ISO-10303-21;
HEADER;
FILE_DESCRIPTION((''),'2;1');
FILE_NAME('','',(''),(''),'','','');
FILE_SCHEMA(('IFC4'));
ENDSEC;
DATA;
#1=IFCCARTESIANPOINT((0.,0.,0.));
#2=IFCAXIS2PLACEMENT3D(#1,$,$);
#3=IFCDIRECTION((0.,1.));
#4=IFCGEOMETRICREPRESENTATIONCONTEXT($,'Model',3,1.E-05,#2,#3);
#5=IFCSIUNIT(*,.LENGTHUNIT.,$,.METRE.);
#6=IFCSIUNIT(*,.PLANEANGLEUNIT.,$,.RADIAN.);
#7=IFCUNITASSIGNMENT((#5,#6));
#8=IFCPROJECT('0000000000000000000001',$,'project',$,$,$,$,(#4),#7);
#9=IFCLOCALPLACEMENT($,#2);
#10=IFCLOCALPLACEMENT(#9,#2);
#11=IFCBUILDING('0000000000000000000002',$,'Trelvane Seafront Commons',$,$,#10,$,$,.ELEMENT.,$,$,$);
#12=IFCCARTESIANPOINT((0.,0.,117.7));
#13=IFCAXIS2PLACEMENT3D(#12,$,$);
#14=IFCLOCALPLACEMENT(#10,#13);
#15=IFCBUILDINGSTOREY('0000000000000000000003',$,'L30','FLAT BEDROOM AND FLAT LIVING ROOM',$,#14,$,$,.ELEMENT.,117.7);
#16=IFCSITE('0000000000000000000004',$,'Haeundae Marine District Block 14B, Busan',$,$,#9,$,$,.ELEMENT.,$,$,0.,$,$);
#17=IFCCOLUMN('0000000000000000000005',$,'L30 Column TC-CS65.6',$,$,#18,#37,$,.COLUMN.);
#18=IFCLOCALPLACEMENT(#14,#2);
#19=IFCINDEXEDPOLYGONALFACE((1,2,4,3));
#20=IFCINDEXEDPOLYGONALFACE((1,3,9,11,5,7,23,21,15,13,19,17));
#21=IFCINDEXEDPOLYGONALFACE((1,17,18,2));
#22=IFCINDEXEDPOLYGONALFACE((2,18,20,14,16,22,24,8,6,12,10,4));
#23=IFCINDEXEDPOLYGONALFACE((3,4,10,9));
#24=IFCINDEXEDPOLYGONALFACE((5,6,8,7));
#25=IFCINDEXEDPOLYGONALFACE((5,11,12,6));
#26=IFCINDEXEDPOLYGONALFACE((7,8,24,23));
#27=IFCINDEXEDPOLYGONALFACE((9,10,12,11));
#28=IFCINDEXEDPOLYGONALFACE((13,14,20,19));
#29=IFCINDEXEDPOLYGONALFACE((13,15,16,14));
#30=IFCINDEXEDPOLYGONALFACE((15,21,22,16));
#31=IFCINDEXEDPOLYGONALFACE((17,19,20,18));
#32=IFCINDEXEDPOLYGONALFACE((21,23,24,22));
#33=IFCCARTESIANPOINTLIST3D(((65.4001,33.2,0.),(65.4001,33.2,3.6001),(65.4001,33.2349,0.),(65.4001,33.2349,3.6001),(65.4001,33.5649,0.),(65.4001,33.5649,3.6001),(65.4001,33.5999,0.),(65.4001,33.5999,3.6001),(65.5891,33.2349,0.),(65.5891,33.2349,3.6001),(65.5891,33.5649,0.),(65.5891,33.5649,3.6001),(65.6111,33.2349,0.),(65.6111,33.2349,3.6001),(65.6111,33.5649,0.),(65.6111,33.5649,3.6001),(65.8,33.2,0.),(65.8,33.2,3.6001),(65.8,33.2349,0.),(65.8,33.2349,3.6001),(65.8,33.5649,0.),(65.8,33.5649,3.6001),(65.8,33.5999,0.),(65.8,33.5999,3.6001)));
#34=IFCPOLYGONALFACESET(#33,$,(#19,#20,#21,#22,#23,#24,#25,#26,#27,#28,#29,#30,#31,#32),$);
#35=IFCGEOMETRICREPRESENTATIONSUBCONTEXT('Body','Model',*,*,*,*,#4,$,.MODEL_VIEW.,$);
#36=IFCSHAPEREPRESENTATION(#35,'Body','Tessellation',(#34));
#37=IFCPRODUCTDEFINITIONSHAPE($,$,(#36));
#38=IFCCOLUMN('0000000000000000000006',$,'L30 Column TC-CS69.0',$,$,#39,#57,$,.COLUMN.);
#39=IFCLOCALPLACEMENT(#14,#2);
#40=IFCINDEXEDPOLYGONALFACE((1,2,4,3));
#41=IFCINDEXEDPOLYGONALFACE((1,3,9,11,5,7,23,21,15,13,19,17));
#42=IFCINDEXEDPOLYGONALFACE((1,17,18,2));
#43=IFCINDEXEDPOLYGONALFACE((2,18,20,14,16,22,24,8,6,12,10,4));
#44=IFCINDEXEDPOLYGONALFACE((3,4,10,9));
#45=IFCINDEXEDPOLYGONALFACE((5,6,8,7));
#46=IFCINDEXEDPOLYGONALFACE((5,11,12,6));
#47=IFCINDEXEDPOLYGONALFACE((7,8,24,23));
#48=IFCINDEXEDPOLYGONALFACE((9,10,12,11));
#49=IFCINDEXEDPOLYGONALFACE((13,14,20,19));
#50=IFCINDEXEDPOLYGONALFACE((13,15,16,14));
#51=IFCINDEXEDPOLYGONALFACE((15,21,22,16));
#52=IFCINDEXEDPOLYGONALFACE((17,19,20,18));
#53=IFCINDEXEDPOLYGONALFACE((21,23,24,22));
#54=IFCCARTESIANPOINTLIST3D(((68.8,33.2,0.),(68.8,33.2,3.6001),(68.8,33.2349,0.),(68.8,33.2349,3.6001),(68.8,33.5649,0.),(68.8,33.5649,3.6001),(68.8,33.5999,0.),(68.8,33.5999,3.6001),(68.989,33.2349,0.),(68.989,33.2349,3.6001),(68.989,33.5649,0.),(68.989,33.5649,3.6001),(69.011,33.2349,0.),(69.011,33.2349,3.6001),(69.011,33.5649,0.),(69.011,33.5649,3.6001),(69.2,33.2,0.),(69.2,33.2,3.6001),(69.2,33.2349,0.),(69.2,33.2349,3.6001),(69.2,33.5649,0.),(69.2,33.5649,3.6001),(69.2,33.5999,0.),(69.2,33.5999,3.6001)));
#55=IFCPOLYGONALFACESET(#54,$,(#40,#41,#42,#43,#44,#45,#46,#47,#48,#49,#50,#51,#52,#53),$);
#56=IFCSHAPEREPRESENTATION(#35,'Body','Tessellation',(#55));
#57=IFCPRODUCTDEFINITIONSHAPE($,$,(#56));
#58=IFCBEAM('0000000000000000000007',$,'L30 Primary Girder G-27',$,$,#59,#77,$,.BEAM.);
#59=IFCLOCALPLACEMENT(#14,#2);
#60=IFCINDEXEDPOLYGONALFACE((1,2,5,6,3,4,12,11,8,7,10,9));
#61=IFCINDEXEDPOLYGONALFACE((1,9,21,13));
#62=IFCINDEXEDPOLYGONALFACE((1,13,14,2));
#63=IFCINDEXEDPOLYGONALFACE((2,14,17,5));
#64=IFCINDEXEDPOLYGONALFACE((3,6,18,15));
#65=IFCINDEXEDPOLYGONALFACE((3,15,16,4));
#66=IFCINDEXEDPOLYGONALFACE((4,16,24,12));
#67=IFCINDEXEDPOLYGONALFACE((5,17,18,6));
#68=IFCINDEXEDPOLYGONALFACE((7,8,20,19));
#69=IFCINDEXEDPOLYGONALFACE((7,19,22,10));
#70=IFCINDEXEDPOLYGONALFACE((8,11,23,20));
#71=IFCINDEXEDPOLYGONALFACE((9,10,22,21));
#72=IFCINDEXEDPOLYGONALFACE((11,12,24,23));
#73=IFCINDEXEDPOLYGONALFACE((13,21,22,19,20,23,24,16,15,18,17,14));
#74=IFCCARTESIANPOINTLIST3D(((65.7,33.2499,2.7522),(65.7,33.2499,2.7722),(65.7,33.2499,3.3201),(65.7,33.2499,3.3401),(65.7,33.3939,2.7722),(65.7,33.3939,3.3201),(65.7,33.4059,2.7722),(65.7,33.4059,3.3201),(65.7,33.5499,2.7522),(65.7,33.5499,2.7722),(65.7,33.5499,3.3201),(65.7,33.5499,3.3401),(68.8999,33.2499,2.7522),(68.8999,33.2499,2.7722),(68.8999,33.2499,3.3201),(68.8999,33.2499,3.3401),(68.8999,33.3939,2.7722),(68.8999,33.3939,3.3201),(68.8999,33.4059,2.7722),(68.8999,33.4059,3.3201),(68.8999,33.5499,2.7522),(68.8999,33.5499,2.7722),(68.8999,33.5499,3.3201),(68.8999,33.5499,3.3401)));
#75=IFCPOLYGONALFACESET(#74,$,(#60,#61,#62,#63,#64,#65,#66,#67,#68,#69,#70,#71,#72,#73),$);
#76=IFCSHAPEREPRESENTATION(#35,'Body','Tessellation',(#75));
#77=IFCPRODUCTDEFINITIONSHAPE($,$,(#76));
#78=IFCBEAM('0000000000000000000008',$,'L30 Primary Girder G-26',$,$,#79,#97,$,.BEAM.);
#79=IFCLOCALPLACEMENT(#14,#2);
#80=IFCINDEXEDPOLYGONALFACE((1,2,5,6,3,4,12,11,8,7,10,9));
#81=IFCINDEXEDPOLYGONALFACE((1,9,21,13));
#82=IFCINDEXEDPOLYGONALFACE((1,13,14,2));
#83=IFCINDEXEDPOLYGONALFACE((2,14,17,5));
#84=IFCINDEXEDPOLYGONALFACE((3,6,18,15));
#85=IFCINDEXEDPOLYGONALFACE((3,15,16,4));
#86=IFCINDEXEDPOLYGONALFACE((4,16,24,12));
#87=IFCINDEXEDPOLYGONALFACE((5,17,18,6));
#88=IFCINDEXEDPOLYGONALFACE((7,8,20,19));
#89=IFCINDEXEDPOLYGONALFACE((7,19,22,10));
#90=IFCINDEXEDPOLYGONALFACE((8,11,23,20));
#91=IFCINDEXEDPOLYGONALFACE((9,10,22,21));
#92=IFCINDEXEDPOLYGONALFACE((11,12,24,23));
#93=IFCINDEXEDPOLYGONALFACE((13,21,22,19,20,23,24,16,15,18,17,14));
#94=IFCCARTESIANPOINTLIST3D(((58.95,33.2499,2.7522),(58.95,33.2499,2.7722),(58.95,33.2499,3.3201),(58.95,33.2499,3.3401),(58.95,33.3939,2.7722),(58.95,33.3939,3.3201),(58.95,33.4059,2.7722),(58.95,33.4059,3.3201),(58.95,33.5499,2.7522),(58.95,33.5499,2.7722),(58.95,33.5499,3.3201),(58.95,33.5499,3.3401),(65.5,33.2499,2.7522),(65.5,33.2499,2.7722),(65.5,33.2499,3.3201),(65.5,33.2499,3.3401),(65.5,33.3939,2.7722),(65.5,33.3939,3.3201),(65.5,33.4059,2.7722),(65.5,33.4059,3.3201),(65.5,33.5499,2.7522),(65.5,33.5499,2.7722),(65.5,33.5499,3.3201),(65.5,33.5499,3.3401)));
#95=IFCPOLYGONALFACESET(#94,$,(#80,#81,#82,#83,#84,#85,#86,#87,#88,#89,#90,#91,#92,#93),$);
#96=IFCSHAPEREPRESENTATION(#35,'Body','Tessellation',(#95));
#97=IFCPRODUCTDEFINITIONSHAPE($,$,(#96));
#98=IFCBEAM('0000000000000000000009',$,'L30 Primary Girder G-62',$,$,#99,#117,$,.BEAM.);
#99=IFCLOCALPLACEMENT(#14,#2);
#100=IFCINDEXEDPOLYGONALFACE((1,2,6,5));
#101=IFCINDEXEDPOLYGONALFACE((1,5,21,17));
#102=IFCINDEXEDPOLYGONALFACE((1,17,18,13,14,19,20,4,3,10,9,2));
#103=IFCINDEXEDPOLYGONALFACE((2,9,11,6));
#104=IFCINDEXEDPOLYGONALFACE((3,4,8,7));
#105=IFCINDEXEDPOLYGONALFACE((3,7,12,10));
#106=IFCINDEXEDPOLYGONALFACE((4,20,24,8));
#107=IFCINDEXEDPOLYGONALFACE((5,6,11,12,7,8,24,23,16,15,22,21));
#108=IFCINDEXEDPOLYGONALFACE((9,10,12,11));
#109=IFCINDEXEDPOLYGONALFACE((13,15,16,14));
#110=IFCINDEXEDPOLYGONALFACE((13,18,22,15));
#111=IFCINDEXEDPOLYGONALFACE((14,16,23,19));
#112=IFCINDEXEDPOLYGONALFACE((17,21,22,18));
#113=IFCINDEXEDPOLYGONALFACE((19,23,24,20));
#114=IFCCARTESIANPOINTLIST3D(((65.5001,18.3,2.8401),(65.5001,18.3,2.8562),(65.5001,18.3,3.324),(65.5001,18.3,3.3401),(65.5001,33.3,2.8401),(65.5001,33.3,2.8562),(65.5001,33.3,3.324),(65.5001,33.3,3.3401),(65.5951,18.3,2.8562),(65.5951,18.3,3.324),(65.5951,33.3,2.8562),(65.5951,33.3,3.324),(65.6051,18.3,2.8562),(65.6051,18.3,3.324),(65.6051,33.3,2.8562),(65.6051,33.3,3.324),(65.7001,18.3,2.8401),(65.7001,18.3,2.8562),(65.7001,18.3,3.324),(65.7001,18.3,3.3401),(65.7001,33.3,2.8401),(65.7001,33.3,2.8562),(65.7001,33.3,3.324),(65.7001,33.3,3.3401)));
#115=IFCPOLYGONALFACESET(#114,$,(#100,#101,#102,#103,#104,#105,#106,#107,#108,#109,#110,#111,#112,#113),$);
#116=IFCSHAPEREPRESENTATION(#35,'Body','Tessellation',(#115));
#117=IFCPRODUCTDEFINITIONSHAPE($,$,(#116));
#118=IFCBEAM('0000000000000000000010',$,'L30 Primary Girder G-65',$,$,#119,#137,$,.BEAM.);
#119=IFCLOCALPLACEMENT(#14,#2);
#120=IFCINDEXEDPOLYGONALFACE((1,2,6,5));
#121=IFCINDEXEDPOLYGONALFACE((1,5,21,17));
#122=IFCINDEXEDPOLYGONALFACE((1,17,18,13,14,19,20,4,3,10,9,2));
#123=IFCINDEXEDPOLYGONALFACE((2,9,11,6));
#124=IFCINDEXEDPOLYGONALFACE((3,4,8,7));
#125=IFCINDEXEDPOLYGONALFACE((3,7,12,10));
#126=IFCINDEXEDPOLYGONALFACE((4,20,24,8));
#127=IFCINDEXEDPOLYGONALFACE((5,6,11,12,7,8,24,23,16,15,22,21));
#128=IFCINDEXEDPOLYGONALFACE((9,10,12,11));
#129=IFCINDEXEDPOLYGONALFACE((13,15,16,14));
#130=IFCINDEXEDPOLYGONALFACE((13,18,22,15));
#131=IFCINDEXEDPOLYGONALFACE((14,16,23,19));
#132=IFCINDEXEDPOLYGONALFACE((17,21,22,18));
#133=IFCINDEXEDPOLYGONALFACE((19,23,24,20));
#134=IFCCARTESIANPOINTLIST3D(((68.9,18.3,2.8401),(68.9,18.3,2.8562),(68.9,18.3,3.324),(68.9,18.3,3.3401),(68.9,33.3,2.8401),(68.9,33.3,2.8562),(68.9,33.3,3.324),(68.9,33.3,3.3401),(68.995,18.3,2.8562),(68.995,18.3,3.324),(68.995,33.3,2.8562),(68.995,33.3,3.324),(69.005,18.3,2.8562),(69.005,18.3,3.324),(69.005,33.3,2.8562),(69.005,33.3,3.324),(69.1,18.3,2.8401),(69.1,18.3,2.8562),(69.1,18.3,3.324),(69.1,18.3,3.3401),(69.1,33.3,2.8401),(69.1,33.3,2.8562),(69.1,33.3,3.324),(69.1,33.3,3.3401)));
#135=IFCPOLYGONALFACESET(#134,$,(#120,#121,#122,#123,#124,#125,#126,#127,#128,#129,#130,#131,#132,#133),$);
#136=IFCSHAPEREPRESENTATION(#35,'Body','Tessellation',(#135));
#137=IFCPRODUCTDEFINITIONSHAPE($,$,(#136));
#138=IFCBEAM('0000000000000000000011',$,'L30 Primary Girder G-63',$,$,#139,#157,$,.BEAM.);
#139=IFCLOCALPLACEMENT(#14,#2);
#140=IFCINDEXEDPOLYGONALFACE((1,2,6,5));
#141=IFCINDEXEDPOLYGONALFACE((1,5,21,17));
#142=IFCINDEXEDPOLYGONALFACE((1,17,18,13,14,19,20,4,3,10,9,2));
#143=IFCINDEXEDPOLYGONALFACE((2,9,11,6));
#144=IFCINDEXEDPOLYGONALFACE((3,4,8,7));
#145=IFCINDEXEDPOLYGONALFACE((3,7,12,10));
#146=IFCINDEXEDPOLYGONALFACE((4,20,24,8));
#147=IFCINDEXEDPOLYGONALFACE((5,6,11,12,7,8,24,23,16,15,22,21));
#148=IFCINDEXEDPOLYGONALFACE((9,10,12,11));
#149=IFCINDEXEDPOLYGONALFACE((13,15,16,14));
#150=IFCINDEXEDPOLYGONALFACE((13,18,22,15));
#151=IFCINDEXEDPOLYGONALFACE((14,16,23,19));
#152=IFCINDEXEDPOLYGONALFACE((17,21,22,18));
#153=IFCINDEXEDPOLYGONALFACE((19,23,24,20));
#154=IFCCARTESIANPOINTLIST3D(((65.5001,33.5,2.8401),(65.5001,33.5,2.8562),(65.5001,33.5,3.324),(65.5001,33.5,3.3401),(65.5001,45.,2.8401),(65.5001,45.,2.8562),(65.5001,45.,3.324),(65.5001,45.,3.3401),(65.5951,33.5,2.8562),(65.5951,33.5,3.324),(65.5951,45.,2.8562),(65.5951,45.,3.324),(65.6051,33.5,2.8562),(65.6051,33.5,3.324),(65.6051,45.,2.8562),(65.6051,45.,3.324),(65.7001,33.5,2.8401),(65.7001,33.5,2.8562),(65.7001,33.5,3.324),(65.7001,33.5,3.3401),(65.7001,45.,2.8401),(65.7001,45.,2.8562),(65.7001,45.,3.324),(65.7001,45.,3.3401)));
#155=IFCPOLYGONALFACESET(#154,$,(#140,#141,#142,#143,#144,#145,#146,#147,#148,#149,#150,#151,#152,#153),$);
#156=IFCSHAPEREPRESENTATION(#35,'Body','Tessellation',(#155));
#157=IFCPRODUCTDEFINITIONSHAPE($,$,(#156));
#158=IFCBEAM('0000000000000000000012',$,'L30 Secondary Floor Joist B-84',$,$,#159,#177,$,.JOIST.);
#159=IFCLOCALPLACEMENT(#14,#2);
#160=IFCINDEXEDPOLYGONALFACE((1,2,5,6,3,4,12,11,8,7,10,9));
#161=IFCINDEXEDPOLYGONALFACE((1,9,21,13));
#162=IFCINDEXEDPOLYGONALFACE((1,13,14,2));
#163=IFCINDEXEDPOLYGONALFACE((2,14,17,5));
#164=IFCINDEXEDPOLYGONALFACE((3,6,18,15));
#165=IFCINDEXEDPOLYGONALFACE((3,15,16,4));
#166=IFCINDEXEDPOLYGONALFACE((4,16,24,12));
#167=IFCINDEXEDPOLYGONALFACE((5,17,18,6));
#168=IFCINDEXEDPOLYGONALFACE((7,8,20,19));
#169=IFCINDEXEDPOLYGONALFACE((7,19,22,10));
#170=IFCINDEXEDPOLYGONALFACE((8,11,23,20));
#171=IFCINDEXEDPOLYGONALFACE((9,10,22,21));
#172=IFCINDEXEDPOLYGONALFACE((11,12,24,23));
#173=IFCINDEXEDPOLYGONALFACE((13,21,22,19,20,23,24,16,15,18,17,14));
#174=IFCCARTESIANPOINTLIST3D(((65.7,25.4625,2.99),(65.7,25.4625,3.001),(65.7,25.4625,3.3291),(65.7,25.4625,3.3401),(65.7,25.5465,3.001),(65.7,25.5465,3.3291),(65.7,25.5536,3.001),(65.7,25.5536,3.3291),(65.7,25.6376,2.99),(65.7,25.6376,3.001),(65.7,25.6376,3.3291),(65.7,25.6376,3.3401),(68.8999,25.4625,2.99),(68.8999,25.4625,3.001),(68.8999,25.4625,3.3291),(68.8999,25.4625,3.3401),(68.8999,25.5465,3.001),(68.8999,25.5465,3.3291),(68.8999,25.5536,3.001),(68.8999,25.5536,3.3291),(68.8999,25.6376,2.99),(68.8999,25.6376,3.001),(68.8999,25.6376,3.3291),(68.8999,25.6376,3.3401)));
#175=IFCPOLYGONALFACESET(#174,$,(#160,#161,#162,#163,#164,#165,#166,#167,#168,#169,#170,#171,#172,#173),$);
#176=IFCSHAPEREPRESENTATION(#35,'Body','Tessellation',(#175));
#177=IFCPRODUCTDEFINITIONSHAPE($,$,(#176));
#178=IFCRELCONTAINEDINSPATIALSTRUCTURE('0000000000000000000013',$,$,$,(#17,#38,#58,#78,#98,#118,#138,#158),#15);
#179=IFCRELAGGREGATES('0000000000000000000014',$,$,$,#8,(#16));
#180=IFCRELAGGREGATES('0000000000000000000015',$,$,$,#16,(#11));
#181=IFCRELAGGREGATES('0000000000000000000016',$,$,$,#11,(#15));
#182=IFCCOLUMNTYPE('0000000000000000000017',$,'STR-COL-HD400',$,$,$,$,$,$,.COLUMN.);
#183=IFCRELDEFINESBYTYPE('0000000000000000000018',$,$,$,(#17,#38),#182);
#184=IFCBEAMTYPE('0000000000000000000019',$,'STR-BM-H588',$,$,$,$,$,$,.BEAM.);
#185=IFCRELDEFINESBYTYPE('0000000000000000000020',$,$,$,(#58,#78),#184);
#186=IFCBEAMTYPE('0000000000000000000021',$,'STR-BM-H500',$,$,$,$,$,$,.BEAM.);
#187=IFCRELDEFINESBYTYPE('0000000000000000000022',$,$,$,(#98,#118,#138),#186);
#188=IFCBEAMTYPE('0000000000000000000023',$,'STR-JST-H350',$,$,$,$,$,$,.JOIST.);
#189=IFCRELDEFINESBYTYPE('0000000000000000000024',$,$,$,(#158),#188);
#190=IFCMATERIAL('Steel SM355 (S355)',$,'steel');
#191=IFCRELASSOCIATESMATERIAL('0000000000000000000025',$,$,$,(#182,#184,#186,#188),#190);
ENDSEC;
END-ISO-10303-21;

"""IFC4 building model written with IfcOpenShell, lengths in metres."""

from ifc_helpers import new_model, si_unit, direction, frame, origin, origin_2d, place, context, subcontext, project, spatial, i_section, extrude, source, transform, mapped, material, material_profile, profile_set, type_object, element, save


model = new_model("IFC4")

# Units and contexts
model_context = context("Model", 3, precision=1e-05, world=origin(), true_north=direction((0.0, 1.0)))
body_context = subcontext(model_context, "Body", "Model", "MODEL_VIEW")
ifc_project = project(units=[si_unit("LENGTHUNIT", "METRE"), si_unit("PLANEANGLEUNIT", "RADIAN")], contexts=[model_context])

# Site, building, storey
site_placement = place(None, origin())
site = spatial("IfcSite", under=ifc_project, at=site_placement, Name="Haeundae Marine District Block 14B, Busan", CompositionType="ELEMENT", RefElevation=0.0)
building_placement = place(site_placement, origin())
building = spatial("IfcBuilding", under=site, at=building_placement, Name="Trelvane Seafront Commons", CompositionType="ELEMENT")
storey_placement = place(building_placement, frame((0.0, 0.0, 117.7)))
storey = spatial("IfcBuildingStorey", under=building, at=storey_placement, Name="L30", Description="FLAT BEDROOM AND FLAT LIVING ROOM", CompositionType="ELEMENT", Elevation=117.7)

# Columns
ifc_material_1 = material(Name="Steel SM355 (S355)", Category="steel")
ifc_material_profile_1 = material_profile(ifc_material_1, i_section(OverallWidth=0.3999, OverallDepth=0.3999, WebThickness=0.022, FlangeThickness=0.0349, at=origin_2d()), Name="HD-400x400x22x35")
ifc_profile_set_1 = profile_set([ifc_material_profile_1], Name="Steel SM355 (S355)")
column_type = type_object("IfcColumnType", Name="STR-COL-HD400", PredefinedType="COLUMN", material=ifc_profile_set_1)
shared_shape_1 = source(origin(), body_context, "Body", "SweptSolid", [
    extrude(i_section(OverallWidth=0.3999, OverallDepth=0.3999, WebThickness=0.022, FlangeThickness=0.0349, at=origin_2d()), origin(), (0.0, 0.0, 1.0), 3.6001),
])
for number, where, z_axis, x_axis, name in (
    (1, (65.6001, 33.3999, 0.0), (0.0, 0.0, 1.0), (1.0, 0.0, 0.0), "L30 Column TC-CS65.6"),
    (2, (69.0, 33.3999, 0.0), (0.0, 0.0, 1.0), (1.0, 0.0, 0.0), "L30 Column TC-CS69.0"),
):
    element("IfcColumn", number, at=place(storey_placement, frame(where, z_axis=z_axis, x_axis=x_axis)), inside=storey, type_object=column_type, Name=name, PredefinedType="COLUMN", context=body_context, shape_type="MappedRepresentation", body=[
        mapped(shared_shape_1, transform((0.0, 0.0, 0.0), x_axis=(1.0, 0.0, 0.0), y_axis=(0.0, 1.0, 0.0), z_axis=(0.0, 0.0, 1.0), scale=1.0)),
    ])

# Beams
ifc_material_profile_2 = material_profile(ifc_material_1, i_section(OverallWidth=0.3, OverallDepth=0.5879, WebThickness=0.012, FlangeThickness=0.02, at=origin_2d()), Name="H-588x300x12x20")
ifc_profile_set_2 = profile_set([ifc_material_profile_2], Name="Steel SM355 (S355)")
beam_type_1 = type_object("IfcBeamType", Name="STR-BM-H588", PredefinedType="BEAM", material=ifc_profile_set_2)
shared_shape_2 = source(origin(), body_context, "Body", "SweptSolid", [
    extrude(i_section(OverallWidth=0.3, OverallDepth=0.5879, WebThickness=0.012, FlangeThickness=0.02, at=origin_2d()), origin(), (0.0, 0.0, 1.0), 3.2),
])
beam_1_placement = place(storey_placement, frame((65.7, 33.3999, 3.0461), z_axis=(1.0, 0.0, 0.0), x_axis=(0.0, 1.0, 0.0)))
element("IfcBeam", 3, at=beam_1_placement, inside=storey, type_object=beam_type_1, Name="L30 Primary Girder G-27", PredefinedType="BEAM", context=body_context, shape_type="MappedRepresentation", body=[
    mapped(shared_shape_2, transform((0.0, 0.0, 0.0), x_axis=(1.0, 0.0, 0.0), y_axis=(0.0, 1.0, 0.0), z_axis=(0.0, 0.0, 1.0), scale=1.0)),
])
shared_shape_3 = source(origin(), body_context, "Body", "SweptSolid", [
    extrude(i_section(OverallWidth=0.3, OverallDepth=0.5879, WebThickness=0.012, FlangeThickness=0.02, at=origin_2d()), origin(), (0.0, 0.0, 1.0), 6.55),
])
beam_2_placement = place(storey_placement, frame((58.95, 33.3999, 3.0461), z_axis=(1.0, 0.0, 0.0), x_axis=(0.0, 1.0, 0.0)))
element("IfcBeam", 4, at=beam_2_placement, inside=storey, type_object=beam_type_1, Name="L30 Primary Girder G-26", PredefinedType="BEAM", context=body_context, shape_type="MappedRepresentation", body=[
    mapped(shared_shape_3, transform((0.0, 0.0, 0.0), x_axis=(1.0, 0.0, 0.0), y_axis=(0.0, 1.0, 0.0), z_axis=(0.0, 0.0, 1.0), scale=1.0)),
])
ifc_material_profile_3 = material_profile(ifc_material_1, i_section(OverallWidth=0.2, OverallDepth=0.5, WebThickness=0.01, FlangeThickness=0.0161, at=origin_2d()), Name="H-500x200x10x16")
ifc_profile_set_3 = profile_set([ifc_material_profile_3], Name="Steel SM355 (S355)")
beam_type_2 = type_object("IfcBeamType", Name="STR-BM-H500", PredefinedType="BEAM", material=ifc_profile_set_3)
shared_shape_4 = source(origin(), body_context, "Body", "SweptSolid", [
    extrude(i_section(OverallWidth=0.2, OverallDepth=0.5, WebThickness=0.01, FlangeThickness=0.0161, at=origin_2d()), origin(), (0.0, 0.0, 1.0), 15.0),
])
for number, where, z_axis, x_axis, name in (
    (5, (65.6001, 18.3, 3.0901), (0.0, 1.0, 0.0), (-1.0, 0.0, 0.0), "L30 Primary Girder G-62"),
    (6, (69.0, 18.3, 3.0901), (0.0, 1.0, 0.0), (-1.0, 0.0, 0.0), "L30 Primary Girder G-65"),
):
    element("IfcBeam", number, at=place(storey_placement, frame(where, z_axis=z_axis, x_axis=x_axis)), inside=storey, type_object=beam_type_2, Name=name, PredefinedType="BEAM", context=body_context, shape_type="MappedRepresentation", body=[
        mapped(shared_shape_4, transform((0.0, 0.0, 0.0), x_axis=(1.0, 0.0, 0.0), y_axis=(0.0, 1.0, 0.0), z_axis=(0.0, 0.0, 1.0), scale=1.0)),
    ])
shared_shape_5 = source(origin(), body_context, "Body", "SweptSolid", [
    extrude(i_section(OverallWidth=0.2, OverallDepth=0.5, WebThickness=0.01, FlangeThickness=0.0161, at=origin_2d()), origin(), (0.0, 0.0, 1.0), 11.5),
])
beam_3_placement = place(storey_placement, frame((65.6001, 33.5, 3.0901), z_axis=(0.0, 1.0, 0.0), x_axis=(-1.0, 0.0, 0.0)))
element("IfcBeam", 7, at=beam_3_placement, inside=storey, type_object=beam_type_2, Name="L30 Primary Girder G-63", PredefinedType="BEAM", context=body_context, shape_type="MappedRepresentation", body=[
    mapped(shared_shape_5, transform((0.0, 0.0, 0.0), x_axis=(1.0, 0.0, 0.0), y_axis=(0.0, 1.0, 0.0), z_axis=(0.0, 0.0, 1.0), scale=1.0)),
])
ifc_material_profile_4 = material_profile(ifc_material_1, i_section(OverallWidth=0.175, OverallDepth=0.3501, WebThickness=0.0071, FlangeThickness=0.011, at=origin_2d()), Name="H-350x175x7x11")
ifc_profile_set_4 = profile_set([ifc_material_profile_4], Name="Steel SM355 (S355)")
beam_type_3 = type_object("IfcBeamType", Name="STR-JST-H350", PredefinedType="JOIST", material=ifc_profile_set_4)
shared_shape_6 = source(origin(), body_context, "Body", "SweptSolid", [
    extrude(i_section(OverallWidth=0.175, OverallDepth=0.3501, WebThickness=0.0071, FlangeThickness=0.011, at=origin_2d()), origin(), (0.0, 0.0, 1.0), 3.2),
])
beam_4_placement = place(storey_placement, frame((65.7, 25.55, 3.165), z_axis=(1.0, 0.0, 0.0), x_axis=(0.0, 1.0, 0.0)))
element("IfcBeam", 8, at=beam_4_placement, inside=storey, type_object=beam_type_3, Name="L30 Secondary Floor Joist B-84", PredefinedType="JOIST", context=body_context, shape_type="MappedRepresentation", body=[
    mapped(shared_shape_6, transform((0.0, 0.0, 0.0), x_axis=(1.0, 0.0, 0.0), y_axis=(0.0, 1.0, 0.0), z_axis=(0.0, 0.0, 1.0), scale=1.0)),
])

save(model, "model.ifc")
